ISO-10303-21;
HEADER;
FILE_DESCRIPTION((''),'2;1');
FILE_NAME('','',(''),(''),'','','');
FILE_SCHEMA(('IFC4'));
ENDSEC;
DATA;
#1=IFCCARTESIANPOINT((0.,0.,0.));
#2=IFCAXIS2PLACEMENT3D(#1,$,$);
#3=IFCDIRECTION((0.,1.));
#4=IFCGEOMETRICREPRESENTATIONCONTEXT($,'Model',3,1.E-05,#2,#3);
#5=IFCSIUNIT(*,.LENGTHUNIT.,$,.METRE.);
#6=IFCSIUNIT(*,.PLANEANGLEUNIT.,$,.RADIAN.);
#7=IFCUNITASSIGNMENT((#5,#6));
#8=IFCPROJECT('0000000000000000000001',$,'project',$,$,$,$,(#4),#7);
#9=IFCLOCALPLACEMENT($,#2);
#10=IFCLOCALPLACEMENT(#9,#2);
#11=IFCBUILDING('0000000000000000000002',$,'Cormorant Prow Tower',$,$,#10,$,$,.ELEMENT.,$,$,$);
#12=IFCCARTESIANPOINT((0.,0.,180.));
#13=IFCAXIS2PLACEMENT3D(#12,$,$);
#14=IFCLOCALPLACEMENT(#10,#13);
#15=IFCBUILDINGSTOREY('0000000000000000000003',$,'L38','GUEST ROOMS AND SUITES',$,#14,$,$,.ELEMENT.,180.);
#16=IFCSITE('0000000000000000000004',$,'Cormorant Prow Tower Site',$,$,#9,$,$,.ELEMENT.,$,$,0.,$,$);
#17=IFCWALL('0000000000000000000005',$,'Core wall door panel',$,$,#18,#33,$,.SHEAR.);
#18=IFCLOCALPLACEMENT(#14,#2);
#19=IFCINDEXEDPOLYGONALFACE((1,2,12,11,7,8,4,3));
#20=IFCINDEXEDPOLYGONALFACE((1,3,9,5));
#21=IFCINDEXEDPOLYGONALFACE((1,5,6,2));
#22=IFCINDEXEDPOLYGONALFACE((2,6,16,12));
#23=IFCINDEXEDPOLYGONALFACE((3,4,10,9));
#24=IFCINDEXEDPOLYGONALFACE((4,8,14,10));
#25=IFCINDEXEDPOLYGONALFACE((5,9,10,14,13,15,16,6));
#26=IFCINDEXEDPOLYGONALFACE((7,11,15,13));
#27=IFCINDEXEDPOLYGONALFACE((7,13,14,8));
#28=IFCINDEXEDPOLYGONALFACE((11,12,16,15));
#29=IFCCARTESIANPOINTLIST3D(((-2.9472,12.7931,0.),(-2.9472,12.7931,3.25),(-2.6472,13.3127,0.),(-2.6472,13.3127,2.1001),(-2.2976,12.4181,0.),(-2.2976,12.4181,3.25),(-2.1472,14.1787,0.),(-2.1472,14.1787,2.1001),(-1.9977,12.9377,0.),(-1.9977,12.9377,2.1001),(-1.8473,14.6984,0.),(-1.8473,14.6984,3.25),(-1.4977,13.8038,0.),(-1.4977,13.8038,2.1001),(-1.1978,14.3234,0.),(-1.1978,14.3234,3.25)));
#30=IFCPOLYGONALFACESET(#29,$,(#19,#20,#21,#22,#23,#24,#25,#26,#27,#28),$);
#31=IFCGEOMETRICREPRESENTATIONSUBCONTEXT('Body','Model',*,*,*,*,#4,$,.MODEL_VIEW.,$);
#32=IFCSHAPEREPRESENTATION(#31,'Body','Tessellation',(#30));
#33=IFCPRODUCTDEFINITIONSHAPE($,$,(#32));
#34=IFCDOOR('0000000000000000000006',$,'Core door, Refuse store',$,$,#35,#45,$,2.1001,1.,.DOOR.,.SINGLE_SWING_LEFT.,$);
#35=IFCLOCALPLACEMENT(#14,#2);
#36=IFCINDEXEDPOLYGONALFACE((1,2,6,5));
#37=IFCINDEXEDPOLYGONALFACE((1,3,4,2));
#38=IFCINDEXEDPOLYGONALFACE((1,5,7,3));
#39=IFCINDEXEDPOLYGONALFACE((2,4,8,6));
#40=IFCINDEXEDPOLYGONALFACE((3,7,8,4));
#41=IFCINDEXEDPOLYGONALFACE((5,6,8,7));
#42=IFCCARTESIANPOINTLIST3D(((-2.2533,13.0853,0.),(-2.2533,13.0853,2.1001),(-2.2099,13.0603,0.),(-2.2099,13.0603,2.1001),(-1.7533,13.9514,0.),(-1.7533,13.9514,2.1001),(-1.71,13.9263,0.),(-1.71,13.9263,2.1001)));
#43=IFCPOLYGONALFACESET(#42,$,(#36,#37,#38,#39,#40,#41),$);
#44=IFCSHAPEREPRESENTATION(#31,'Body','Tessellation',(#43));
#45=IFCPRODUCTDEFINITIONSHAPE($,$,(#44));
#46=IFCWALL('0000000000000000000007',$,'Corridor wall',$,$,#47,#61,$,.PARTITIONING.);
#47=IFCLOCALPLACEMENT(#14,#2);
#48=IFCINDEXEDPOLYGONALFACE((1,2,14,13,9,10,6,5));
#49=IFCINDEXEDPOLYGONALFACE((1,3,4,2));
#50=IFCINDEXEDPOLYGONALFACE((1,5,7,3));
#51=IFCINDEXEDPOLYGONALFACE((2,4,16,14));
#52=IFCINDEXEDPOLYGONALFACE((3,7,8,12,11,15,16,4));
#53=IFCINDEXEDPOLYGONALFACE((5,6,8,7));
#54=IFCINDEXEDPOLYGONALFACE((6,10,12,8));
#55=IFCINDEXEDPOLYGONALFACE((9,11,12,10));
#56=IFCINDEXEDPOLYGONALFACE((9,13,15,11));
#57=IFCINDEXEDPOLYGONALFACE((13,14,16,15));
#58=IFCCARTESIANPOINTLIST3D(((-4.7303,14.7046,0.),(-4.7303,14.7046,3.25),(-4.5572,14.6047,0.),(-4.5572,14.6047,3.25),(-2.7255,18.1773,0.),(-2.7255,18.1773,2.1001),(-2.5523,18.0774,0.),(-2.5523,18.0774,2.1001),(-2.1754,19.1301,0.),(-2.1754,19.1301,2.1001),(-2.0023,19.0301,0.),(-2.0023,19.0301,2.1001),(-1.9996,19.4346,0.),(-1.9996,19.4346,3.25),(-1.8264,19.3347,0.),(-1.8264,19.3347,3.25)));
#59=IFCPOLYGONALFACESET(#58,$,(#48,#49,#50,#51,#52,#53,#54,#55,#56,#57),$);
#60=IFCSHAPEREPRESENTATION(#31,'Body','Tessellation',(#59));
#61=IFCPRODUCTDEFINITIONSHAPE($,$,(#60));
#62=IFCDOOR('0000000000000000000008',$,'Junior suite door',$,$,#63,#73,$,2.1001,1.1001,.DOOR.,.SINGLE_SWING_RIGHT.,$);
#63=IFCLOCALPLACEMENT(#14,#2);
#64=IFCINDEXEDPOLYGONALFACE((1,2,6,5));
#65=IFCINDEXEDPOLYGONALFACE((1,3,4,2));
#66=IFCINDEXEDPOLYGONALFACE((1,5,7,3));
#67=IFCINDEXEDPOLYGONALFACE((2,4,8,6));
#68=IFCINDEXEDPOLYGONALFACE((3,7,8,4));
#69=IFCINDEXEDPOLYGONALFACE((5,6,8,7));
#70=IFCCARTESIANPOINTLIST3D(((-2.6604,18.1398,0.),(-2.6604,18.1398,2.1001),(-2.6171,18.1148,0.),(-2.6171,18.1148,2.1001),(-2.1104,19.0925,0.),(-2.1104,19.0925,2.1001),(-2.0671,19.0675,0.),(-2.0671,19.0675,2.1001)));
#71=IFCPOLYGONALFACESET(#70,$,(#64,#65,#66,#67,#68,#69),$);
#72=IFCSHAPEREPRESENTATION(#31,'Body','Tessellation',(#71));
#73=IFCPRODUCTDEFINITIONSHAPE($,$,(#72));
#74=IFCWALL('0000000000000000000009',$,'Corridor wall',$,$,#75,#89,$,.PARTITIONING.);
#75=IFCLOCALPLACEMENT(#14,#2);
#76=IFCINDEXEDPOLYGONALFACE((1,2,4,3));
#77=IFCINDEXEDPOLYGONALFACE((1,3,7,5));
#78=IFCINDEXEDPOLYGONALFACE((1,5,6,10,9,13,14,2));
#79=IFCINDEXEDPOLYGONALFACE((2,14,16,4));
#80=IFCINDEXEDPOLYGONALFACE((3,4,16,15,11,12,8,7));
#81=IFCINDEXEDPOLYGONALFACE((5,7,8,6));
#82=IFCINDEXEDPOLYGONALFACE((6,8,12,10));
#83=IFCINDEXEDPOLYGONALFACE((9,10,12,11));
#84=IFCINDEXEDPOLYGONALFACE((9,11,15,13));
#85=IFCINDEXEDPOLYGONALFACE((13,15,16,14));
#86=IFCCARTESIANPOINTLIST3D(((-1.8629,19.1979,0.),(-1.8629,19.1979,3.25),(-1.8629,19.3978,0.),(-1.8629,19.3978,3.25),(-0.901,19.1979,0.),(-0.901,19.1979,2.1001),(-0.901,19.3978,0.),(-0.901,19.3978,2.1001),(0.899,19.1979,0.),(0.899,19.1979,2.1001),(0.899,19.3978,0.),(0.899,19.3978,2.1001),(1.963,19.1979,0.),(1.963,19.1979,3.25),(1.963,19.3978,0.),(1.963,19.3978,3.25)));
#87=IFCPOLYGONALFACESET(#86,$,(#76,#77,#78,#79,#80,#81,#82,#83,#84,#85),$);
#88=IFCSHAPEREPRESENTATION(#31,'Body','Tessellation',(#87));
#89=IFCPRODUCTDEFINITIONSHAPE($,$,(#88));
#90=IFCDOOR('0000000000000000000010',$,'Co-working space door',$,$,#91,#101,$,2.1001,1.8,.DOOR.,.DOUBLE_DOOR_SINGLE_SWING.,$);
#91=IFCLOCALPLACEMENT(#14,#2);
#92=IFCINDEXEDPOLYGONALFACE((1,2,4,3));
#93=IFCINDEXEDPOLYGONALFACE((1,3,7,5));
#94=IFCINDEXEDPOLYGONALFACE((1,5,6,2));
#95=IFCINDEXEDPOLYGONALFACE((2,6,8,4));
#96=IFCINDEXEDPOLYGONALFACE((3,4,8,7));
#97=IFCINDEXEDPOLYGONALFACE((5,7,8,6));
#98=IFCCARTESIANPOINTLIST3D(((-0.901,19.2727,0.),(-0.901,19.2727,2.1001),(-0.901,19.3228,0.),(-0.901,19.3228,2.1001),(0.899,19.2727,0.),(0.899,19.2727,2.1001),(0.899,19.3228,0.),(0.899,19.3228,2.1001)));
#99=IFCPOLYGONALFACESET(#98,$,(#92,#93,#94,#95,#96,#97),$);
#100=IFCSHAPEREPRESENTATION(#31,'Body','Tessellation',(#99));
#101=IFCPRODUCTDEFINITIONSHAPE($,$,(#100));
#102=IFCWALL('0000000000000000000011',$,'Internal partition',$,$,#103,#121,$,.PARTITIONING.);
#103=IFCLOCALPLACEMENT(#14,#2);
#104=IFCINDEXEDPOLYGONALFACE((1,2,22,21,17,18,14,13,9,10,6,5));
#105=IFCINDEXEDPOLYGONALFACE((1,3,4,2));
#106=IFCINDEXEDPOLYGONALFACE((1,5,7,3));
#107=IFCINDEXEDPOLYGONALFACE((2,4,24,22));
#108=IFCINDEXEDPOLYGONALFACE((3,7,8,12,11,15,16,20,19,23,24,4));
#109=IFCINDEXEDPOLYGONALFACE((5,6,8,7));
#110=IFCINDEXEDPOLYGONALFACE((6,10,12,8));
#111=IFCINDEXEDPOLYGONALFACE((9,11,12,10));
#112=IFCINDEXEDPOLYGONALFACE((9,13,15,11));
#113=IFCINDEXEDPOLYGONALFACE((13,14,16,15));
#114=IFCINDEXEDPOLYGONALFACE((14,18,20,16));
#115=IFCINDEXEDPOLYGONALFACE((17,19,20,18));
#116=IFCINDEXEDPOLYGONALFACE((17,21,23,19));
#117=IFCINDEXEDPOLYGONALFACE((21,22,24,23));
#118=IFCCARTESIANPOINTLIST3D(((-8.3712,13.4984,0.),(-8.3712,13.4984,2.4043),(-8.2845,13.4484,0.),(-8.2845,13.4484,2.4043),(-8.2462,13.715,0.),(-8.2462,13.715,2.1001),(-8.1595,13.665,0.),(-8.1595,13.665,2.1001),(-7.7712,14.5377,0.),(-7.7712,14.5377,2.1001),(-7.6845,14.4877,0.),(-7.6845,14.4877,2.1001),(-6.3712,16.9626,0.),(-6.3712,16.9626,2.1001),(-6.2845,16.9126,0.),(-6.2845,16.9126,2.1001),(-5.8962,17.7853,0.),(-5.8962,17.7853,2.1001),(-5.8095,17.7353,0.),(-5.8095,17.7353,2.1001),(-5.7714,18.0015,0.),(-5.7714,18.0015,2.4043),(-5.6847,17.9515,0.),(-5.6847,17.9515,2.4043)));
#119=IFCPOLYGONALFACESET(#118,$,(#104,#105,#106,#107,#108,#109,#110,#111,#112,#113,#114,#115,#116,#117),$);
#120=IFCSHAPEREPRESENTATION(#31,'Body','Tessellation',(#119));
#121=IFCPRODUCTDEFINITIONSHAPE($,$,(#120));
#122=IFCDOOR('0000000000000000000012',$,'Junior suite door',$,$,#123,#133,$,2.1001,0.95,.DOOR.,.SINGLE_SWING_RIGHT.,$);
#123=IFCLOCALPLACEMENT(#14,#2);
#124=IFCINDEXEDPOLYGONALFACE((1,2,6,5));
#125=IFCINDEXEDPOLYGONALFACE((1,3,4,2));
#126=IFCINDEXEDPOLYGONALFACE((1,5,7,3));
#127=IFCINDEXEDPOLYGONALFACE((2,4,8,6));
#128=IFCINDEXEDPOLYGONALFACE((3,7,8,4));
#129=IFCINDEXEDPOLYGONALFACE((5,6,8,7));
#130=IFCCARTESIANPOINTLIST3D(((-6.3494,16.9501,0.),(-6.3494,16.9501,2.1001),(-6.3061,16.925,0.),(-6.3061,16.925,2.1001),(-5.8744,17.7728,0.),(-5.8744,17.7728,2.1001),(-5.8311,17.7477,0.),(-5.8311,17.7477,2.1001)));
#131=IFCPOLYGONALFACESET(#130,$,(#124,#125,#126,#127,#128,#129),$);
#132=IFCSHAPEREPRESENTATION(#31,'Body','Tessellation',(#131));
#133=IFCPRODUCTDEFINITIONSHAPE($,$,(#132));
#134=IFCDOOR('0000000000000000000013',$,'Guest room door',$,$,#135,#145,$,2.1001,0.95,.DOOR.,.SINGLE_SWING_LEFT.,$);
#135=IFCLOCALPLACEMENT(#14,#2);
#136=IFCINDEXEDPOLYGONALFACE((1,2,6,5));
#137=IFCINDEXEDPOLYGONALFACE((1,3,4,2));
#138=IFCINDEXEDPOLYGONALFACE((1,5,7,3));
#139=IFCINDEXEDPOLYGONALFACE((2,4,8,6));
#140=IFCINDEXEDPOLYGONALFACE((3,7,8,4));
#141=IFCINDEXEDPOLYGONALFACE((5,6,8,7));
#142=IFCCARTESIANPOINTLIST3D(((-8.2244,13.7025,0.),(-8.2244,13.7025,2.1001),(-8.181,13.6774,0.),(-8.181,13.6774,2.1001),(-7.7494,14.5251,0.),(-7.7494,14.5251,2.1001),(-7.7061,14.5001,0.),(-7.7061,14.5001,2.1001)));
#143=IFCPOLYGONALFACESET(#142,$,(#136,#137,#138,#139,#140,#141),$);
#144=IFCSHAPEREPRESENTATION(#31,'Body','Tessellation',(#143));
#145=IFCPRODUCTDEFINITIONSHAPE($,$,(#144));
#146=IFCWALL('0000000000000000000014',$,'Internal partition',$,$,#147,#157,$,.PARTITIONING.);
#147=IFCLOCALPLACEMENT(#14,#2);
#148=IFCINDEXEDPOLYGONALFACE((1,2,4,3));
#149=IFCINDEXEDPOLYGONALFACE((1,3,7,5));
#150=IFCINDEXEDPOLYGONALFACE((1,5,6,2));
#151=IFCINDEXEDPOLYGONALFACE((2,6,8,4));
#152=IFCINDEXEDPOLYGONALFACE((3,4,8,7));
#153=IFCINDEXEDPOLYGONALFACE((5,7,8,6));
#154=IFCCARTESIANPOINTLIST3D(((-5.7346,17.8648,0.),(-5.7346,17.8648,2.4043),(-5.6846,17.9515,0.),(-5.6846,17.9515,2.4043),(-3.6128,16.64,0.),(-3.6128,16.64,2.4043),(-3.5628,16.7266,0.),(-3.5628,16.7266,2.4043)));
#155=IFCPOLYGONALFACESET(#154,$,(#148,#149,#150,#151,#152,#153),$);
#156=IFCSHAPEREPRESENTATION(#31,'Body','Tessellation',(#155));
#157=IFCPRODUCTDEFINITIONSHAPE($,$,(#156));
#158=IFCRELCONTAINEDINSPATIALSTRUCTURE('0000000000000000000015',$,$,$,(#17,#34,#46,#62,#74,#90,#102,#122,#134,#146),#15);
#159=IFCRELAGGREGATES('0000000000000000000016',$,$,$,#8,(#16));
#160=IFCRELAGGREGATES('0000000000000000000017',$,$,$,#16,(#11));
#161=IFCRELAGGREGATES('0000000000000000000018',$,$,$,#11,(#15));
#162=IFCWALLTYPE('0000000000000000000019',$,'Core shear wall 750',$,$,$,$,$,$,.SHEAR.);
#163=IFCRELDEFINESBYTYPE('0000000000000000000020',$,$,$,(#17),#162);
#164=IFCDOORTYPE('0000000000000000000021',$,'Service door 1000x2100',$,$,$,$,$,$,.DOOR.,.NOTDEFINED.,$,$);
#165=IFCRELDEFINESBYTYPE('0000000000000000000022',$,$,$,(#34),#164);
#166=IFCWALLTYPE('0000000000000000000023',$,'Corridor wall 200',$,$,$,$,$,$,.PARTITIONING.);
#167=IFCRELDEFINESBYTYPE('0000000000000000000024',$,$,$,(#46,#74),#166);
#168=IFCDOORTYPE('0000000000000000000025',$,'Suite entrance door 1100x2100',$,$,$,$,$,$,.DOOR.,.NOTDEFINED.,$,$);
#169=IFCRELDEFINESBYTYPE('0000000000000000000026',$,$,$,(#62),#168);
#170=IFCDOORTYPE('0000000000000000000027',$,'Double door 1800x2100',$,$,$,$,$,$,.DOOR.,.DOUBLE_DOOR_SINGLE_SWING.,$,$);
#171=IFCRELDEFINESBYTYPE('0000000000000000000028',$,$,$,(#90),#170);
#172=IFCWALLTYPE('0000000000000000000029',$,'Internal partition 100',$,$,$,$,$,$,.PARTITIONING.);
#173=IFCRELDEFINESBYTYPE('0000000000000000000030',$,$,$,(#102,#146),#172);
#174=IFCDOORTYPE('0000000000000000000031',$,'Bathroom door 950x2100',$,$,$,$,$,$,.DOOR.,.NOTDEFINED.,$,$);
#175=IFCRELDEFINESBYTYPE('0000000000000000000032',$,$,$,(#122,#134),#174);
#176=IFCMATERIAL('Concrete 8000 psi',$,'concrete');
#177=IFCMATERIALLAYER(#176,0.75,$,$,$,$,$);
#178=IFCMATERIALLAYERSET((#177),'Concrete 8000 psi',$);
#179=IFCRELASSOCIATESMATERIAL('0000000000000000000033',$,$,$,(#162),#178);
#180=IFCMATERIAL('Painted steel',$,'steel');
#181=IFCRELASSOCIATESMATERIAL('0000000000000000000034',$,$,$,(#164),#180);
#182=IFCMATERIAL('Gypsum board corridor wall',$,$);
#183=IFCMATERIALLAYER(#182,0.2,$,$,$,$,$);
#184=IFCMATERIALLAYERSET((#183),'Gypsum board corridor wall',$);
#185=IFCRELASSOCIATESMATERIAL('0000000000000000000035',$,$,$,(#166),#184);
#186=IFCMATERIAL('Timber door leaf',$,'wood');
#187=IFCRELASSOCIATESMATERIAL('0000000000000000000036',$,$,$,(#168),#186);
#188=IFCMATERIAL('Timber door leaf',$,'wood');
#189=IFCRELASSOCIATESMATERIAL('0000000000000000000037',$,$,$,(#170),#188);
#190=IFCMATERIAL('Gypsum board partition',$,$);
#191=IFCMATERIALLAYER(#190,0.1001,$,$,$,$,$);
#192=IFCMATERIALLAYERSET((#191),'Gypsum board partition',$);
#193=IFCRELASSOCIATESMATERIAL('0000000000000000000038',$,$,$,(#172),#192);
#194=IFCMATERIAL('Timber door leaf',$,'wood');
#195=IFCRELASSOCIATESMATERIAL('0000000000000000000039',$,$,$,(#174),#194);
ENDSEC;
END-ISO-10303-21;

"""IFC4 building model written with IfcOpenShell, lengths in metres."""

from ifc_helpers import new_model, si_unit, direction, frame, frame_2d, origin, place, context, subcontext, project, spatial, rectangle, extrude, material, layer, layer_set, type_object, element, fill, save


model = new_model("IFC4")

# Units and contexts
model_context = context("Model", 3, precision=1e-05, world=origin(), true_north=direction((0.0, 1.0)))
body_context = subcontext(model_context, "Body", "Model", "MODEL_VIEW")
ifc_project = project(units=[si_unit("LENGTHUNIT", "METRE"), si_unit("PLANEANGLEUNIT", "RADIAN")], contexts=[model_context])

# Site, building, storey
site_placement = place(None, origin())
site = spatial("IfcSite", under=ifc_project, at=site_placement, Name="Cormorant Prow Tower Site", CompositionType="ELEMENT", RefElevation=0.0)
building_placement = place(site_placement, origin())
building = spatial("IfcBuilding", under=site, at=building_placement, Name="Cormorant Prow Tower", CompositionType="ELEMENT")
storey_placement = place(building_placement, frame((0.0, 0.0, 180.0)))
storey = spatial("IfcBuildingStorey", under=building, at=storey_placement, Name="L38", Description="GUEST ROOMS AND SUITES", CompositionType="ELEMENT", Elevation=180.0)

# Shared definitions
ifc_material_1 = material(Name="Concrete 8000 psi", Category="concrete")
ifc_layer_1 = layer(ifc_material_1, 0.75)
ifc_layer_set_1 = layer_set([ifc_layer_1], Name="Concrete 8000 psi")
wall_type_1 = type_object("IfcWallType", Name="Core shear wall 750", PredefinedType="SHEAR", material=ifc_layer_set_1)

# Walls, openings, doors
wall_1_placement = place(storey_placement, frame((-1.5225, 14.511, 0.0), z_axis=(0.0, 0.0, 1.0), x_axis=(-0.499947, -0.866056, 0.0)))
wall_1 = element("IfcWall", 1, at=wall_1_placement, inside=storey, type_object=wall_type_1, Name="Core wall door panel", PredefinedType="SHEAR", context=body_context, shape_type="SweptSolid", body=[
    extrude(rectangle(XDim=2.2, YDim=0.75, at=frame_2d((1.1001, 0.0))), origin(), (0.0, 0.0, 1.0), 3.25),
])
opening_1_placement = place(wall_1_placement, frame((0.6001, 0.0, 0.0)))
opening_1 = element("IfcOpeningElement", 2, at=opening_1_placement, cuts=wall_1, PredefinedType="OPENING", context=body_context, shape_type="SweptSolid", body=[
    extrude(rectangle(XDim=1.0, YDim=2.1001, at=frame_2d((0.5, 1.05))), frame((0.0, 0.385, 0.0), z_axis=(0.0, -1.0, 0.0), x_axis=(1.0, 0.0, 0.0)), (0.0, 0.0, 1.0), 0.77),
])
ifc_material_2 = material(Name="Painted steel", Category="steel")
door_type_1 = type_object("IfcDoorType", Name="Service door 1000x2100", OperationType="NOTDEFINED", PredefinedType="DOOR", material=ifc_material_2)
door_1_placement = place(opening_1_placement, origin())
door_1 = element("IfcDoor", 3, at=door_1_placement, inside=storey, type_object=door_type_1, Name="Core door, Refuse store", OperationType="SINGLE_SWING_LEFT", OverallHeight=2.1001, OverallWidth=1.0, PredefinedType="DOOR", context=body_context, shape_type="SweptSolid", body=[
    extrude(rectangle(XDim=1.0, YDim=2.1001, at=frame_2d((0.5, 1.05))), frame((0.0, 0.1299, 0.0), z_axis=(0.0, -1.0, 0.0), x_axis=(1.0, 0.0, 0.0)), (0.0, 0.0, 1.0), 0.05),
])
fill(opening_1, door_1)
ifc_material_3 = material(Name="Gypsum board corridor wall")
ifc_layer_2 = layer(ifc_material_3, 0.2)
ifc_layer_set_2 = layer_set([ifc_layer_2], Name="Gypsum board corridor wall")
wall_type_2 = type_object("IfcWallType", Name="Corridor wall 200", PredefinedType="PARTITIONING", material=ifc_layer_set_2)
wall_2_placement = place(storey_placement, frame((-4.6438, 14.6545, 0.0), z_axis=(0.0, 0.0, 1.0), x_axis=(0.49998, 0.866037, 0.0)))
wall_2 = element("IfcWall", 4, at=wall_2_placement, inside=storey, type_object=wall_type_2, Name="Corridor wall", PredefinedType="PARTITIONING", context=body_context, shape_type="SweptSolid", body=[
    extrude(rectangle(XDim=5.4617, YDim=0.2, at=frame_2d((2.731, 0.0))), origin(), (0.0, 0.0, 1.0), 3.25),
])
opening_2_placement = place(wall_2_placement, frame((4.01, 0.0, 0.0)))
opening_2 = element("IfcOpeningElement", 5, at=opening_2_placement, cuts=wall_2, PredefinedType="OPENING", context=body_context, shape_type="SweptSolid", body=[
    extrude(rectangle(XDim=1.1001, YDim=2.1001, at=frame_2d((0.55, 1.05))), frame((0.0, 0.1099, 0.0), z_axis=(0.0, -1.0, 0.0), x_axis=(1.0, 0.0, 0.0)), (0.0, 0.0, 1.0), 0.22),
])
ifc_material_4 = material(Name="Timber door leaf", Category="wood")
door_type_2 = type_object("IfcDoorType", Name="Suite entrance door 1100x2100", OperationType="NOTDEFINED", PredefinedType="DOOR", material=ifc_material_4)
door_2_placement = place(opening_2_placement, origin())
door_2 = element("IfcDoor", 6, at=door_2_placement, inside=storey, type_object=door_type_2, Name="Junior suite door", OperationType="SINGLE_SWING_RIGHT", OverallHeight=2.1001, OverallWidth=1.1001, PredefinedType="DOOR", context=body_context, shape_type="SweptSolid", body=[
    extrude(rectangle(XDim=1.1001, YDim=2.1001, at=frame_2d((0.55, 1.05))), frame((0.0, 0.0249, 0.0), z_axis=(0.0, -1.0, 0.0), x_axis=(1.0, 0.0, 0.0)), (0.0, 0.0, 1.0), 0.05),
])
fill(opening_2, door_2)
wall_3_placement = place(storey_placement, frame((-1.863, 19.2979, 0.0), z_axis=(0.0, 0.0, 1.0), x_axis=(1.0, 0.0, 0.0)))
wall_3 = element("IfcWall", 7, at=wall_3_placement, inside=storey, type_object=wall_type_2, Name="Corridor wall", PredefinedType="PARTITIONING", context=body_context, shape_type="SweptSolid", body=[
    extrude(rectangle(XDim=3.8259, YDim=0.2, at=frame_2d((1.9131, 0.0))), origin(), (0.0, 0.0, 1.0), 3.25),
])
opening_3_placement = place(wall_3_placement, frame((0.9622, 0.0, 0.0)))
opening_3 = element("IfcOpeningElement", 8, at=opening_3_placement, cuts=wall_3, PredefinedType="OPENING", context=body_context, shape_type="SweptSolid", body=[
    extrude(rectangle(XDim=1.8, YDim=2.1001, at=frame_2d((0.8999, 1.05))), frame((0.0, 0.1099, 0.0), z_axis=(0.0, -1.0, 0.0), x_axis=(1.0, 0.0, 0.0)), (0.0, 0.0, 1.0), 0.22),
])
ifc_material_5 = material(Name="Timber door leaf", Category="wood")
door_type_3 = type_object("IfcDoorType", Name="Double door 1800x2100", OperationType="DOUBLE_DOOR_SINGLE_SWING", PredefinedType="DOOR", material=ifc_material_5)
door_3_placement = place(opening_3_placement, origin())
door_3 = element("IfcDoor", 9, at=door_3_placement, inside=storey, type_object=door_type_3, Name="Co-working space door", OperationType="DOUBLE_DOOR_SINGLE_SWING", OverallHeight=2.1001, OverallWidth=1.8, PredefinedType="DOOR", context=body_context, shape_type="SweptSolid", body=[
    extrude(rectangle(XDim=1.8, YDim=2.1001, at=frame_2d((0.8999, 1.05))), frame((0.0, 0.0249, 0.0), z_axis=(0.0, -1.0, 0.0), x_axis=(1.0, 0.0, 0.0)), (0.0, 0.0, 1.0), 0.05),
])
fill(opening_3, door_3)

# Wall, openings, doors
ifc_material_6 = material(Name="Gypsum board partition")
ifc_layer_3 = layer(ifc_material_6, 0.1001)
ifc_layer_set_3 = layer_set([ifc_layer_3], Name="Gypsum board partition")
wall_type_3 = type_object("IfcWallType", Name="Internal partition 100", PredefinedType="PARTITIONING", material=ifc_layer_set_3)
wall_4_placement = place(storey_placement, frame((-8.3279, 13.4734, 0.0), z_axis=(0.0, 0.0, 1.0), x_axis=(0.499992, 0.86603, 0.0)))
wall_4 = element("IfcWall", 10, at=wall_4_placement, inside=storey, type_object=wall_type_3, Name="Internal partition", PredefinedType="PARTITIONING", context=body_context, shape_type="SweptSolid", body=[
    extrude(rectangle(XDim=5.1997, YDim=0.1001, at=frame_2d((2.5999, 0.0))), origin(), (0.0, 0.0, 1.0), 2.4043),
])
opening_4_placement = place(wall_4_placement, frame((4.0, 0.0, 0.0)))
opening_4 = element("IfcOpeningElement", 11, at=opening_4_placement, cuts=wall_4, PredefinedType="OPENING", context=body_context, shape_type="SweptSolid", body=[
    extrude(rectangle(XDim=0.95, YDim=2.1001, at=frame_2d((0.4751, 1.05))), frame((0.0, 0.0601, 0.0), z_axis=(0.0, -1.0, 0.0), x_axis=(1.0, 0.0, 0.0)), (0.0, 0.0, 1.0), 0.1201),
])
opening_5_placement = place(wall_4_placement, frame((0.25, 0.0, 0.0)))
opening_5 = element("IfcOpeningElement", 12, at=opening_5_placement, cuts=wall_4, PredefinedType="OPENING", context=body_context, shape_type="SweptSolid", body=[
    extrude(rectangle(XDim=0.95, YDim=2.1001, at=frame_2d((0.4751, 1.05))), frame((0.0, 0.0601, 0.0), z_axis=(0.0, -1.0, 0.0), x_axis=(1.0, 0.0, 0.0)), (0.0, 0.0, 1.0), 0.1201),
])
ifc_material_7 = material(Name="Timber door leaf", Category="wood")
door_type_4 = type_object("IfcDoorType", Name="Bathroom door 950x2100", OperationType="NOTDEFINED", PredefinedType="DOOR", material=ifc_material_7)
door_4_placement = place(opening_4_placement, origin())
door_4 = element("IfcDoor", 13, at=door_4_placement, inside=storey, type_object=door_type_4, Name="Junior suite door", OperationType="SINGLE_SWING_RIGHT", OverallHeight=2.1001, OverallWidth=0.95, PredefinedType="DOOR", context=body_context, shape_type="SweptSolid", body=[
    extrude(rectangle(XDim=0.95, YDim=2.1001, at=frame_2d((0.4751, 1.05))), frame((0.0, 0.0249, 0.0), z_axis=(0.0, -1.0, 0.0), x_axis=(1.0, 0.0, 0.0)), (0.0, 0.0, 1.0), 0.05),
])
fill(opening_4, door_4)
door_5_placement = place(opening_5_placement, origin())
door_5 = element("IfcDoor", 14, at=door_5_placement, inside=storey, type_object=door_type_4, Name="Guest room door", OperationType="SINGLE_SWING_LEFT", OverallHeight=2.1001, OverallWidth=0.95, PredefinedType="DOOR", context=body_context, shape_type="SweptSolid", body=[
    extrude(rectangle(XDim=0.95, YDim=2.1001, at=frame_2d((0.4751, 1.05))), frame((0.0, 0.0249, 0.0), z_axis=(0.0, -1.0, 0.0), x_axis=(1.0, 0.0, 0.0)), (0.0, 0.0, 1.0), 0.05),
])
fill(opening_5, door_5)

# Wall
wall_5_placement = place(storey_placement, frame((-5.7097, 17.9082, 0.0), z_axis=(0.0, 0.0, 1.0), x_axis=(0.866058, -0.499944, 0.0)))
element("IfcWall", 15, at=wall_5_placement, inside=storey, type_object=wall_type_3, Name="Internal partition", PredefinedType="PARTITIONING", context=body_context, shape_type="SweptSolid", body=[
    extrude(rectangle(XDim=2.45, YDim=0.1001, at=frame_2d((1.2251, 0.0))), origin(), (0.0, 0.0, 1.0), 2.4043),
])

save(model, "model.ifc")
